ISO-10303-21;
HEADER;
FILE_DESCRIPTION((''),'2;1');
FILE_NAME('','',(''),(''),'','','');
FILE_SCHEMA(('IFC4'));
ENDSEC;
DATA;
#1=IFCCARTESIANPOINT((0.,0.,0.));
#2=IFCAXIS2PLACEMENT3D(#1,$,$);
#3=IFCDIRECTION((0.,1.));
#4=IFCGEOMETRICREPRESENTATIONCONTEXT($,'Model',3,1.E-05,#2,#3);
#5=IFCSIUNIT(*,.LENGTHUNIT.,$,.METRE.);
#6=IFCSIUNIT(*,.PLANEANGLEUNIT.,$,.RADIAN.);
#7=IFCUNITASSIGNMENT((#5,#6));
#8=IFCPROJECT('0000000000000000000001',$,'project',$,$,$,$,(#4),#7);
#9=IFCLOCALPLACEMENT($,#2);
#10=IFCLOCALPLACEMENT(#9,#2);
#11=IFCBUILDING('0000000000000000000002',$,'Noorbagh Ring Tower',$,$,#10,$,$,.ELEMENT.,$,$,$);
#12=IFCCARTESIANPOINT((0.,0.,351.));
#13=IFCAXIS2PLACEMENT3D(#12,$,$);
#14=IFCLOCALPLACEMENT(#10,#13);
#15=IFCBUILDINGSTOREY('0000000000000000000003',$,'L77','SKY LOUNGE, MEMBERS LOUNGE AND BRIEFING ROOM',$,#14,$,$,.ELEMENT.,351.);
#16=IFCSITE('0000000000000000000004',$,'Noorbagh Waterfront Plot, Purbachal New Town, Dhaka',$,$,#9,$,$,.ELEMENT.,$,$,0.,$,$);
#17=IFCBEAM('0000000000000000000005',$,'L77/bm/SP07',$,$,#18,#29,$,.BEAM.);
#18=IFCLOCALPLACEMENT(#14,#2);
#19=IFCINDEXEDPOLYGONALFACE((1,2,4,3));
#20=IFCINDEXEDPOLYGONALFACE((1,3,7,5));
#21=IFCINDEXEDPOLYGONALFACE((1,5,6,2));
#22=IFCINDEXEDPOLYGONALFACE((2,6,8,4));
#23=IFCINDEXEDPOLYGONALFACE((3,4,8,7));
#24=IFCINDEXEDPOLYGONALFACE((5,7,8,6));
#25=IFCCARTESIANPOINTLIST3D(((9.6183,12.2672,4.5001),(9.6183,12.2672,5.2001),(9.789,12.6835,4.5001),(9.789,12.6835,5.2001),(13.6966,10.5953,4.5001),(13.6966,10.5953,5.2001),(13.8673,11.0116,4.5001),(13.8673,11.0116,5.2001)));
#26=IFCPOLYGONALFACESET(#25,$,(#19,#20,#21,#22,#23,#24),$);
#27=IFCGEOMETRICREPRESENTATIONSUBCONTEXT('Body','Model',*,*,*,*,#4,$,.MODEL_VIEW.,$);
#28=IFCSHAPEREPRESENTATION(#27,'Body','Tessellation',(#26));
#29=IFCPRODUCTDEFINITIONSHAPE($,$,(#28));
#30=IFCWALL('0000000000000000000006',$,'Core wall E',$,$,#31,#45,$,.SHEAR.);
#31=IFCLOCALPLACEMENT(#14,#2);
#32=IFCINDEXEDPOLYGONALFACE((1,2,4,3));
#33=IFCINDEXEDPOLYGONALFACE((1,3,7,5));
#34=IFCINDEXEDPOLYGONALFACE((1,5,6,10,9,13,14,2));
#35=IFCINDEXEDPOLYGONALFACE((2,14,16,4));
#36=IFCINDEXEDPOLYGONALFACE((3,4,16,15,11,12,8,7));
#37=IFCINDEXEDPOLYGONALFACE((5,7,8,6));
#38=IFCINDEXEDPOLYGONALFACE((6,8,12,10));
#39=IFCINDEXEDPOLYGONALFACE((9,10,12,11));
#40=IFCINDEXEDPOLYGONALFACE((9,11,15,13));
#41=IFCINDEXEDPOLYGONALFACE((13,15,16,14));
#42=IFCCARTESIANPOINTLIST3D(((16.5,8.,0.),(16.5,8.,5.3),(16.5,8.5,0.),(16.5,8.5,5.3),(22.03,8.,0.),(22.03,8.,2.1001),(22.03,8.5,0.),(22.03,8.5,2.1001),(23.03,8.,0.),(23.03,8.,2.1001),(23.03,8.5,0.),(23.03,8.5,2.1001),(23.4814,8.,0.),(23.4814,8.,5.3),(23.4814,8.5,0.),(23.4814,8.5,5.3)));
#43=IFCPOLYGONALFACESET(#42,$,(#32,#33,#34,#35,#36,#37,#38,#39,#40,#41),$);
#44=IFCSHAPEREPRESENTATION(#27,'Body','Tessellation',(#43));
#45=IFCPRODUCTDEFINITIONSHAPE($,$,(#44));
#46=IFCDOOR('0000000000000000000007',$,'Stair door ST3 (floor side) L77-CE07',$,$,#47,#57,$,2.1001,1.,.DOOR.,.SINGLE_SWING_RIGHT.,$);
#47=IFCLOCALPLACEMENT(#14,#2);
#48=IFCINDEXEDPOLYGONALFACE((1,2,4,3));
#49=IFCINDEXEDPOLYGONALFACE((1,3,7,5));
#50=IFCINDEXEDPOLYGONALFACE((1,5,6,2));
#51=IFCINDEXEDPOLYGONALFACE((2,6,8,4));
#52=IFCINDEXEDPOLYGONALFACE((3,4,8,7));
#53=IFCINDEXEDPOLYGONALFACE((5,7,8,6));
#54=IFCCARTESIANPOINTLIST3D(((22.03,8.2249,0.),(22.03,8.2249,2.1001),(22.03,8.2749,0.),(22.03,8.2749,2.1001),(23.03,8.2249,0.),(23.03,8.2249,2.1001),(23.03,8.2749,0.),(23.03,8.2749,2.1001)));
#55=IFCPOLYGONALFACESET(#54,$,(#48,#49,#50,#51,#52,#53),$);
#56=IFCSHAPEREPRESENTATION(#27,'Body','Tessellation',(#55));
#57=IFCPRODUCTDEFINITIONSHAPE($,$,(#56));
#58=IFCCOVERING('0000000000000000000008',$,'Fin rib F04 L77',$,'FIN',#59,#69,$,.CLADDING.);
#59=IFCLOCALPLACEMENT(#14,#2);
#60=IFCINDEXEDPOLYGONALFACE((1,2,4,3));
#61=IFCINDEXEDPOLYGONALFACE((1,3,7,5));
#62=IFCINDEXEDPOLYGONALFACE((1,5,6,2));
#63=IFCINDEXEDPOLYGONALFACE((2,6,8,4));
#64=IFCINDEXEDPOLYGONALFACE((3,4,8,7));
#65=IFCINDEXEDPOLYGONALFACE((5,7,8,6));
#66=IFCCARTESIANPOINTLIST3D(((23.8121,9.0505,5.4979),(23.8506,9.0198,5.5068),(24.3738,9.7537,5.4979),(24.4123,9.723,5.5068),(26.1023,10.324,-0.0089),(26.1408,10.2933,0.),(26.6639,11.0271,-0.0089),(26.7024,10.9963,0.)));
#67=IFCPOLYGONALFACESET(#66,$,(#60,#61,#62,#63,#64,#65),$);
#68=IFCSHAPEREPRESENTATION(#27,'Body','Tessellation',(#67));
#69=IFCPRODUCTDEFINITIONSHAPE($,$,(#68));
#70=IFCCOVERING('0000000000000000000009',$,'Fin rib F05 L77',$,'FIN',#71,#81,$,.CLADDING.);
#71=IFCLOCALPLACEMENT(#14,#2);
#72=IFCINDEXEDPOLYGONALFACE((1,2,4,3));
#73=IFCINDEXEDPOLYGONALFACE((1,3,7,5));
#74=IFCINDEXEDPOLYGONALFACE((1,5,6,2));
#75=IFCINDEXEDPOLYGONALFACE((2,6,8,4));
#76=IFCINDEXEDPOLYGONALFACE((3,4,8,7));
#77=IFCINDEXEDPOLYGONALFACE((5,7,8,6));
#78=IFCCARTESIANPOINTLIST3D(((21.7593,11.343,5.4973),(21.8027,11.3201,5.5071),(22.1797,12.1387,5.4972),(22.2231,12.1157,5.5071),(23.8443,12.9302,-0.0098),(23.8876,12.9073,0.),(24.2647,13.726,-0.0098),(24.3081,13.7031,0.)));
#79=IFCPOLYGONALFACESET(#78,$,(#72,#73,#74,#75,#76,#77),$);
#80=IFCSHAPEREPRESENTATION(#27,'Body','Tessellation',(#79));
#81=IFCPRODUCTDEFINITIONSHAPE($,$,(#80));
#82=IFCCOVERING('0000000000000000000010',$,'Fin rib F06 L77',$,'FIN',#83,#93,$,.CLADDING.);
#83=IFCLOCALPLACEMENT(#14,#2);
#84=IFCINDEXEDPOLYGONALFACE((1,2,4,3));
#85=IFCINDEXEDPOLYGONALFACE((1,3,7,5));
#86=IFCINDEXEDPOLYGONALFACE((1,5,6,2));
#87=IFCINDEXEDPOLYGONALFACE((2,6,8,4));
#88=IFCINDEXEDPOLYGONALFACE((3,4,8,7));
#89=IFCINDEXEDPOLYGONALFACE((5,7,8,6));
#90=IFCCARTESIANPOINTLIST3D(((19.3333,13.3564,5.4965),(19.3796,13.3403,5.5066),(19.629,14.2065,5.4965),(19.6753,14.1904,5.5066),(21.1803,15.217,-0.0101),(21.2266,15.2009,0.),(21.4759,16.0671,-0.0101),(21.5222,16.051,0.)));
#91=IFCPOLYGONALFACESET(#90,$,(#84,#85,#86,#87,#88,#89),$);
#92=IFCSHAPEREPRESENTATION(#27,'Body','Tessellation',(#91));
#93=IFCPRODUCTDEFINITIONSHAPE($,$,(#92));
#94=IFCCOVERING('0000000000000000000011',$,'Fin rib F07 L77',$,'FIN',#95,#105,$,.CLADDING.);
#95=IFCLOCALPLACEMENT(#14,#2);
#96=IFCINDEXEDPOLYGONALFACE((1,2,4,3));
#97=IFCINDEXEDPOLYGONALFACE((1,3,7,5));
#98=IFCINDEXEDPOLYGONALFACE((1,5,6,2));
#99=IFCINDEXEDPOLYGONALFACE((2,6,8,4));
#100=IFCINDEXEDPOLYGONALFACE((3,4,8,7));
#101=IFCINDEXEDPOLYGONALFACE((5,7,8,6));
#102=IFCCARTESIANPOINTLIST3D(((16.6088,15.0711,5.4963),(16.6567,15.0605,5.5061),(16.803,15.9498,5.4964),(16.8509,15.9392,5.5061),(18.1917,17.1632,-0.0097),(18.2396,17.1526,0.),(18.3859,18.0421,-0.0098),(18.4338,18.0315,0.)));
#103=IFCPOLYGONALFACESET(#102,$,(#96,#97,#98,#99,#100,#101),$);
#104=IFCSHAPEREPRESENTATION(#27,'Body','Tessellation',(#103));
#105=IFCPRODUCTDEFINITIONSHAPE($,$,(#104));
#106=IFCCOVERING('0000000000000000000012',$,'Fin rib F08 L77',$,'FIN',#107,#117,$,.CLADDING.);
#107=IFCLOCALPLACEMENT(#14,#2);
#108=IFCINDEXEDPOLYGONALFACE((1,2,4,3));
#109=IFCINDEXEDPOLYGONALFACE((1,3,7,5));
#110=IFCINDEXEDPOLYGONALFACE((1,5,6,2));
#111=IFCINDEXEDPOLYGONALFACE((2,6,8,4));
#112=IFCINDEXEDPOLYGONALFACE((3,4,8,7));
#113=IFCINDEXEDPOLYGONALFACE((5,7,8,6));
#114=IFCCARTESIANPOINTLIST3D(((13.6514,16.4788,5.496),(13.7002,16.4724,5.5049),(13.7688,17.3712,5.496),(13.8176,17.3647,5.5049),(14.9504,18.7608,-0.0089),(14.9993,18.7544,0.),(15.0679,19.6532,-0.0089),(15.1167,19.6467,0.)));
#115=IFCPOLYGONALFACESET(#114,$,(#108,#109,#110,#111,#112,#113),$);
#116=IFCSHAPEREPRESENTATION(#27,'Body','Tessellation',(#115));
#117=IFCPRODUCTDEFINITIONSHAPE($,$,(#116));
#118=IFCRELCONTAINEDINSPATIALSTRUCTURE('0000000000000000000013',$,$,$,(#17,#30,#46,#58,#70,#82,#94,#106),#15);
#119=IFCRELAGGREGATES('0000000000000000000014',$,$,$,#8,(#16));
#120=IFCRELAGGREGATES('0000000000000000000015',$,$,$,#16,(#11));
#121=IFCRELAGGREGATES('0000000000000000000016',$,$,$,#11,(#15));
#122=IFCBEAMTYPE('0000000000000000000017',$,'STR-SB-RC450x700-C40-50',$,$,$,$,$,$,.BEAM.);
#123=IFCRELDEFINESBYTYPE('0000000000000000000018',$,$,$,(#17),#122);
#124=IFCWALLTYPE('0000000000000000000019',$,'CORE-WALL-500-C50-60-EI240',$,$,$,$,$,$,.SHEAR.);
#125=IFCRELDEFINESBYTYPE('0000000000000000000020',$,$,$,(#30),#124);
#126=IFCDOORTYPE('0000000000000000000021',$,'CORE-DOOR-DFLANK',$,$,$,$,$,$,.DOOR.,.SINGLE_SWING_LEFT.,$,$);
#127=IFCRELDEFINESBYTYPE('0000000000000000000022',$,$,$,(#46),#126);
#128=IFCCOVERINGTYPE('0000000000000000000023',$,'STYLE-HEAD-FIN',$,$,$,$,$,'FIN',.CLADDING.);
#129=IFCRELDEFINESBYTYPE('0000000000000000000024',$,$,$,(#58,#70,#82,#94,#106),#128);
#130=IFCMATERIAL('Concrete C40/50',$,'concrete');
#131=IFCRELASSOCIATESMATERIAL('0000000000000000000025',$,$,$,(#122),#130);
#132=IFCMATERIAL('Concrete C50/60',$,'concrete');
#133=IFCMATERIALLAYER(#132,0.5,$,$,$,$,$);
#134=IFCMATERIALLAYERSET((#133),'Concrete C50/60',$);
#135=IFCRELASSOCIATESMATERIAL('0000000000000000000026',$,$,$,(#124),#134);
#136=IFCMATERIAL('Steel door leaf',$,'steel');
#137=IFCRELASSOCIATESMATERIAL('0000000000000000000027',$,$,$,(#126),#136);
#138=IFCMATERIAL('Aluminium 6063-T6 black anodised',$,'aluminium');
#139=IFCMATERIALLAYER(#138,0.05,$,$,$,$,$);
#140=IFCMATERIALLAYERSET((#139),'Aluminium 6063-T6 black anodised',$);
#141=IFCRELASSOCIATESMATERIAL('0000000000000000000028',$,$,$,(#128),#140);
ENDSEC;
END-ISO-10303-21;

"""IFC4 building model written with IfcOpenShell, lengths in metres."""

from ifc_helpers import new_model, si_unit, direction, frame, frame_2d, origin, origin_2d, place, context, subcontext, project, spatial, polyline, rectangle, outline, extrude, material, layer, layer_set, material_profile, profile_set, type_object, element, fill, save


model = new_model("IFC4")

# Units and contexts
model_context = context("Model", 3, precision=1e-05, world=origin(), true_north=direction((0.0, 1.0)))
body_context = subcontext(model_context, "Body", "Model", "MODEL_VIEW")
ifc_project = project(units=[si_unit("LENGTHUNIT", "METRE"), si_unit("PLANEANGLEUNIT", "RADIAN")], contexts=[model_context])

# Site, building, storey
site_placement = place(None, origin())
site = spatial("IfcSite", under=ifc_project, at=site_placement, Name="Noorbagh Waterfront Plot, Purbachal New Town, Dhaka", CompositionType="ELEMENT", RefElevation=0.0)
building_placement = place(site_placement, origin())
building = spatial("IfcBuilding", under=site, at=building_placement, Name="Noorbagh Ring Tower", CompositionType="ELEMENT")
storey_placement = place(building_placement, frame((0.0, 0.0, 351.0)))
storey = spatial("IfcBuildingStorey", under=building, at=storey_placement, Name="L77", Description="SKY LOUNGE, MEMBERS LOUNGE AND BRIEFING ROOM", CompositionType="ELEMENT", Elevation=351.0)

# Beam
ifc_material_1 = material(Name="Concrete C40/50", Category="concrete")
ifc_material_profile_1 = material_profile(ifc_material_1, rectangle(XDim=0.45, YDim=0.7, at=origin_2d()), Name="RC450x700")
ifc_profile_set_1 = profile_set([ifc_material_profile_1], Name="Concrete C40/50")
beam_type_1 = type_object("IfcBeamType", Name="STR-SB-RC450x700-C40-50", PredefinedType="BEAM", material=ifc_profile_set_1)
beam_1_placement = place(storey_placement, frame((13.782, 10.8035, 4.8501), z_axis=(-0.925272, 0.379303, 0.0), x_axis=(-0.379303, -0.925272, 0.0)))
element("IfcBeam", 1, at=beam_1_placement, inside=storey, type_object=beam_type_1, Name="L77/bm/SP07", PredefinedType="BEAM", context=body_context, shape_type="SweptSolid", body=[
    extrude(rectangle(XDim=0.45, YDim=0.7, at=origin_2d()), origin(), (0.0, 0.0, 1.0), 4.4077),
])

# Wall, opening, door
ifc_material_2 = material(Name="Concrete C50/60", Category="concrete")
ifc_layer_1 = layer(ifc_material_2, 0.5)
ifc_layer_set_1 = layer_set([ifc_layer_1], Name="Concrete C50/60")
wall_type = type_object("IfcWallType", Name="CORE-WALL-500-C50-60-EI240", PredefinedType="SHEAR", material=ifc_layer_set_1)
wall_placement = place(storey_placement, frame((16.5, 8.25, 0.0), z_axis=(0.0, 0.0, 1.0), x_axis=(1.0, 0.0, 0.0)))
wall = element("IfcWall", 2, at=wall_placement, inside=storey, type_object=wall_type, Name="Core wall E", PredefinedType="SHEAR", context=body_context, shape_type="SweptSolid", body=[
    extrude(rectangle(XDim=6.9814, YDim=0.5, at=frame_2d((3.4907, 0.0))), origin(), (0.0, 0.0, 1.0), 5.3),
])
opening_placement = place(wall_placement, frame((5.53, 0.0, 0.0)))
opening = element("IfcOpeningElement", 3, at=opening_placement, cuts=wall, PredefinedType="OPENING", context=body_context, shape_type="SweptSolid", body=[
    extrude(rectangle(XDim=1.0, YDim=2.1001, at=frame_2d((0.5, 1.05))), frame((0.0, 0.26, 0.0), z_axis=(0.0, -1.0, 0.0), x_axis=(1.0, 0.0, 0.0)), (0.0, 0.0, 1.0), 0.52),
])
ifc_material_3 = material(Name="Steel door leaf", Category="steel")
door_type = type_object("IfcDoorType", Name="CORE-DOOR-DFLANK", OperationType="SINGLE_SWING_LEFT", PredefinedType="DOOR", material=ifc_material_3)
door_placement = place(opening_placement, origin())
door = element("IfcDoor", 4, at=door_placement, inside=storey, type_object=door_type, Name="Stair door ST3 (floor side) L77-CE07", OperationType="SINGLE_SWING_RIGHT", OverallHeight=2.1001, OverallWidth=1.0, PredefinedType="DOOR", context=body_context, shape_type="SweptSolid", body=[
    extrude(rectangle(XDim=1.0, YDim=2.1001, at=frame_2d((0.5, 1.05))), frame((0.0, 0.0249, 0.0), z_axis=(0.0, -1.0, 0.0), x_axis=(1.0, 0.0, 0.0)), (0.0, 0.0, 1.0), 0.05),
])
fill(opening, door)

# Coverings
ifc_material_4 = material(Name="Aluminium 6063-T6 black anodised", Category="aluminium")
ifc_layer_2 = layer(ifc_material_4, 0.05)
ifc_layer_set_2 = layer_set([ifc_layer_2], Name="Aluminium 6063-T6 black anodised")
covering_type_1 = type_object("IfcCoveringType", Name="STYLE-HEAD-FIN", ElementType="FIN", PredefinedType="CLADDING", material=ifc_layer_set_2)
covering_1_placement = place(storey_placement, frame((26.7024, 10.9963, 0.0), z_axis=(0.768891, -0.614179, 0.177737), x_axis=(-0.375523, -0.208804, 0.902986)))
element("IfcCovering", 5, at=covering_1_placement, inside=storey, type_object=covering_type_1, Name="Fin rib F04 L77", ObjectType="FIN", PredefinedType="CLADDING", context=body_context, shape_type="SweptSolid", body=[
    extrude(outline(polyline([(0.0, 0.0), (6.0985, 0.0), (6.4562, 0.8258), (0.3577, 0.8257), (0.0, 0.0)])), origin(), (0.0, 0.0, -1.0), 0.05),
])
covering_2_placement = place(storey_placement, frame((24.3081, 13.7031, 0.0), z_axis=(0.867004, -0.45804, 0.196226), x_axis=(-0.341874, -0.260279, 0.902982)))
element("IfcCovering", 6, at=covering_2_placement, inside=storey, type_object=covering_type_1, Name="Fin rib F05 L77", ObjectType="FIN", PredefinedType="CLADDING", context=body_context, shape_type="SweptSolid", body=[
    extrude(outline(polyline([(0.0, 0.0), (6.0988, 0.0), (6.4496, 0.8287), (0.3509, 0.8289), (0.0, 0.0)])), origin(), (0.0, 0.0, -1.0), 0.05),
])
covering_3_placement = place(storey_placement, frame((21.5222, 16.051, 0.0), z_axis=(0.92512, -0.321746, 0.201574), x_axis=(-0.302833, -0.305075, 0.902896)))
element("IfcCovering", 7, at=covering_3_placement, inside=storey, type_object=covering_type_1, Name="Fin rib F06 L77", ObjectType="FIN", PredefinedType="CLADDING", context=body_context, shape_type="SweptSolid", body=[
    extrude(outline(polyline([(0.0, 0.0), (6.0988, 0.0), (6.4477, 0.8297), (0.3489, 0.8297), (0.0, 0.0)])), origin(), (0.0, 0.0, -1.0), 0.05),
])
covering_4_placement = place(storey_placement, frame((18.4338, 18.0315, 0.0), z_axis=(0.957714, -0.211658, 0.194898), x_axis=(-0.259527, -0.343043, 0.902755)))
element("IfcCovering", 8, at=covering_4_placement, inside=storey, type_object=covering_type_1, Name="Fin rib F07 L77", ObjectType="FIN", PredefinedType="CLADDING", context=body_context, shape_type="SweptSolid", body=[
    extrude(outline(polyline([(0.0, 0.0), (6.0992, 0.0), (6.451, 0.8282), (0.3519, 0.8285), (0.0, 0.0)])), origin(), (0.0, 0.0, -1.0), 0.05),
])
covering_5_placement = place(storey_placement, frame((15.1167, 19.6467, 0.0), z_axis=(0.97579, -0.128415, 0.17704), x_axis=(-0.212995, -0.374152, 0.902576)))
element("IfcCovering", 9, at=covering_5_placement, inside=storey, type_object=covering_type_1, Name="Fin rib F08 L77", ObjectType="FIN", PredefinedType="CLADDING", context=body_context, shape_type="SweptSolid", body=[
    extrude(outline(polyline([(0.0, 0.0), (6.0991, 0.0), (6.458, 0.8254), (0.3589, 0.8254), (0.0, 0.0)])), origin(), (0.0, 0.0, -1.0), 0.05),
])

save(model, "model.ifc")
